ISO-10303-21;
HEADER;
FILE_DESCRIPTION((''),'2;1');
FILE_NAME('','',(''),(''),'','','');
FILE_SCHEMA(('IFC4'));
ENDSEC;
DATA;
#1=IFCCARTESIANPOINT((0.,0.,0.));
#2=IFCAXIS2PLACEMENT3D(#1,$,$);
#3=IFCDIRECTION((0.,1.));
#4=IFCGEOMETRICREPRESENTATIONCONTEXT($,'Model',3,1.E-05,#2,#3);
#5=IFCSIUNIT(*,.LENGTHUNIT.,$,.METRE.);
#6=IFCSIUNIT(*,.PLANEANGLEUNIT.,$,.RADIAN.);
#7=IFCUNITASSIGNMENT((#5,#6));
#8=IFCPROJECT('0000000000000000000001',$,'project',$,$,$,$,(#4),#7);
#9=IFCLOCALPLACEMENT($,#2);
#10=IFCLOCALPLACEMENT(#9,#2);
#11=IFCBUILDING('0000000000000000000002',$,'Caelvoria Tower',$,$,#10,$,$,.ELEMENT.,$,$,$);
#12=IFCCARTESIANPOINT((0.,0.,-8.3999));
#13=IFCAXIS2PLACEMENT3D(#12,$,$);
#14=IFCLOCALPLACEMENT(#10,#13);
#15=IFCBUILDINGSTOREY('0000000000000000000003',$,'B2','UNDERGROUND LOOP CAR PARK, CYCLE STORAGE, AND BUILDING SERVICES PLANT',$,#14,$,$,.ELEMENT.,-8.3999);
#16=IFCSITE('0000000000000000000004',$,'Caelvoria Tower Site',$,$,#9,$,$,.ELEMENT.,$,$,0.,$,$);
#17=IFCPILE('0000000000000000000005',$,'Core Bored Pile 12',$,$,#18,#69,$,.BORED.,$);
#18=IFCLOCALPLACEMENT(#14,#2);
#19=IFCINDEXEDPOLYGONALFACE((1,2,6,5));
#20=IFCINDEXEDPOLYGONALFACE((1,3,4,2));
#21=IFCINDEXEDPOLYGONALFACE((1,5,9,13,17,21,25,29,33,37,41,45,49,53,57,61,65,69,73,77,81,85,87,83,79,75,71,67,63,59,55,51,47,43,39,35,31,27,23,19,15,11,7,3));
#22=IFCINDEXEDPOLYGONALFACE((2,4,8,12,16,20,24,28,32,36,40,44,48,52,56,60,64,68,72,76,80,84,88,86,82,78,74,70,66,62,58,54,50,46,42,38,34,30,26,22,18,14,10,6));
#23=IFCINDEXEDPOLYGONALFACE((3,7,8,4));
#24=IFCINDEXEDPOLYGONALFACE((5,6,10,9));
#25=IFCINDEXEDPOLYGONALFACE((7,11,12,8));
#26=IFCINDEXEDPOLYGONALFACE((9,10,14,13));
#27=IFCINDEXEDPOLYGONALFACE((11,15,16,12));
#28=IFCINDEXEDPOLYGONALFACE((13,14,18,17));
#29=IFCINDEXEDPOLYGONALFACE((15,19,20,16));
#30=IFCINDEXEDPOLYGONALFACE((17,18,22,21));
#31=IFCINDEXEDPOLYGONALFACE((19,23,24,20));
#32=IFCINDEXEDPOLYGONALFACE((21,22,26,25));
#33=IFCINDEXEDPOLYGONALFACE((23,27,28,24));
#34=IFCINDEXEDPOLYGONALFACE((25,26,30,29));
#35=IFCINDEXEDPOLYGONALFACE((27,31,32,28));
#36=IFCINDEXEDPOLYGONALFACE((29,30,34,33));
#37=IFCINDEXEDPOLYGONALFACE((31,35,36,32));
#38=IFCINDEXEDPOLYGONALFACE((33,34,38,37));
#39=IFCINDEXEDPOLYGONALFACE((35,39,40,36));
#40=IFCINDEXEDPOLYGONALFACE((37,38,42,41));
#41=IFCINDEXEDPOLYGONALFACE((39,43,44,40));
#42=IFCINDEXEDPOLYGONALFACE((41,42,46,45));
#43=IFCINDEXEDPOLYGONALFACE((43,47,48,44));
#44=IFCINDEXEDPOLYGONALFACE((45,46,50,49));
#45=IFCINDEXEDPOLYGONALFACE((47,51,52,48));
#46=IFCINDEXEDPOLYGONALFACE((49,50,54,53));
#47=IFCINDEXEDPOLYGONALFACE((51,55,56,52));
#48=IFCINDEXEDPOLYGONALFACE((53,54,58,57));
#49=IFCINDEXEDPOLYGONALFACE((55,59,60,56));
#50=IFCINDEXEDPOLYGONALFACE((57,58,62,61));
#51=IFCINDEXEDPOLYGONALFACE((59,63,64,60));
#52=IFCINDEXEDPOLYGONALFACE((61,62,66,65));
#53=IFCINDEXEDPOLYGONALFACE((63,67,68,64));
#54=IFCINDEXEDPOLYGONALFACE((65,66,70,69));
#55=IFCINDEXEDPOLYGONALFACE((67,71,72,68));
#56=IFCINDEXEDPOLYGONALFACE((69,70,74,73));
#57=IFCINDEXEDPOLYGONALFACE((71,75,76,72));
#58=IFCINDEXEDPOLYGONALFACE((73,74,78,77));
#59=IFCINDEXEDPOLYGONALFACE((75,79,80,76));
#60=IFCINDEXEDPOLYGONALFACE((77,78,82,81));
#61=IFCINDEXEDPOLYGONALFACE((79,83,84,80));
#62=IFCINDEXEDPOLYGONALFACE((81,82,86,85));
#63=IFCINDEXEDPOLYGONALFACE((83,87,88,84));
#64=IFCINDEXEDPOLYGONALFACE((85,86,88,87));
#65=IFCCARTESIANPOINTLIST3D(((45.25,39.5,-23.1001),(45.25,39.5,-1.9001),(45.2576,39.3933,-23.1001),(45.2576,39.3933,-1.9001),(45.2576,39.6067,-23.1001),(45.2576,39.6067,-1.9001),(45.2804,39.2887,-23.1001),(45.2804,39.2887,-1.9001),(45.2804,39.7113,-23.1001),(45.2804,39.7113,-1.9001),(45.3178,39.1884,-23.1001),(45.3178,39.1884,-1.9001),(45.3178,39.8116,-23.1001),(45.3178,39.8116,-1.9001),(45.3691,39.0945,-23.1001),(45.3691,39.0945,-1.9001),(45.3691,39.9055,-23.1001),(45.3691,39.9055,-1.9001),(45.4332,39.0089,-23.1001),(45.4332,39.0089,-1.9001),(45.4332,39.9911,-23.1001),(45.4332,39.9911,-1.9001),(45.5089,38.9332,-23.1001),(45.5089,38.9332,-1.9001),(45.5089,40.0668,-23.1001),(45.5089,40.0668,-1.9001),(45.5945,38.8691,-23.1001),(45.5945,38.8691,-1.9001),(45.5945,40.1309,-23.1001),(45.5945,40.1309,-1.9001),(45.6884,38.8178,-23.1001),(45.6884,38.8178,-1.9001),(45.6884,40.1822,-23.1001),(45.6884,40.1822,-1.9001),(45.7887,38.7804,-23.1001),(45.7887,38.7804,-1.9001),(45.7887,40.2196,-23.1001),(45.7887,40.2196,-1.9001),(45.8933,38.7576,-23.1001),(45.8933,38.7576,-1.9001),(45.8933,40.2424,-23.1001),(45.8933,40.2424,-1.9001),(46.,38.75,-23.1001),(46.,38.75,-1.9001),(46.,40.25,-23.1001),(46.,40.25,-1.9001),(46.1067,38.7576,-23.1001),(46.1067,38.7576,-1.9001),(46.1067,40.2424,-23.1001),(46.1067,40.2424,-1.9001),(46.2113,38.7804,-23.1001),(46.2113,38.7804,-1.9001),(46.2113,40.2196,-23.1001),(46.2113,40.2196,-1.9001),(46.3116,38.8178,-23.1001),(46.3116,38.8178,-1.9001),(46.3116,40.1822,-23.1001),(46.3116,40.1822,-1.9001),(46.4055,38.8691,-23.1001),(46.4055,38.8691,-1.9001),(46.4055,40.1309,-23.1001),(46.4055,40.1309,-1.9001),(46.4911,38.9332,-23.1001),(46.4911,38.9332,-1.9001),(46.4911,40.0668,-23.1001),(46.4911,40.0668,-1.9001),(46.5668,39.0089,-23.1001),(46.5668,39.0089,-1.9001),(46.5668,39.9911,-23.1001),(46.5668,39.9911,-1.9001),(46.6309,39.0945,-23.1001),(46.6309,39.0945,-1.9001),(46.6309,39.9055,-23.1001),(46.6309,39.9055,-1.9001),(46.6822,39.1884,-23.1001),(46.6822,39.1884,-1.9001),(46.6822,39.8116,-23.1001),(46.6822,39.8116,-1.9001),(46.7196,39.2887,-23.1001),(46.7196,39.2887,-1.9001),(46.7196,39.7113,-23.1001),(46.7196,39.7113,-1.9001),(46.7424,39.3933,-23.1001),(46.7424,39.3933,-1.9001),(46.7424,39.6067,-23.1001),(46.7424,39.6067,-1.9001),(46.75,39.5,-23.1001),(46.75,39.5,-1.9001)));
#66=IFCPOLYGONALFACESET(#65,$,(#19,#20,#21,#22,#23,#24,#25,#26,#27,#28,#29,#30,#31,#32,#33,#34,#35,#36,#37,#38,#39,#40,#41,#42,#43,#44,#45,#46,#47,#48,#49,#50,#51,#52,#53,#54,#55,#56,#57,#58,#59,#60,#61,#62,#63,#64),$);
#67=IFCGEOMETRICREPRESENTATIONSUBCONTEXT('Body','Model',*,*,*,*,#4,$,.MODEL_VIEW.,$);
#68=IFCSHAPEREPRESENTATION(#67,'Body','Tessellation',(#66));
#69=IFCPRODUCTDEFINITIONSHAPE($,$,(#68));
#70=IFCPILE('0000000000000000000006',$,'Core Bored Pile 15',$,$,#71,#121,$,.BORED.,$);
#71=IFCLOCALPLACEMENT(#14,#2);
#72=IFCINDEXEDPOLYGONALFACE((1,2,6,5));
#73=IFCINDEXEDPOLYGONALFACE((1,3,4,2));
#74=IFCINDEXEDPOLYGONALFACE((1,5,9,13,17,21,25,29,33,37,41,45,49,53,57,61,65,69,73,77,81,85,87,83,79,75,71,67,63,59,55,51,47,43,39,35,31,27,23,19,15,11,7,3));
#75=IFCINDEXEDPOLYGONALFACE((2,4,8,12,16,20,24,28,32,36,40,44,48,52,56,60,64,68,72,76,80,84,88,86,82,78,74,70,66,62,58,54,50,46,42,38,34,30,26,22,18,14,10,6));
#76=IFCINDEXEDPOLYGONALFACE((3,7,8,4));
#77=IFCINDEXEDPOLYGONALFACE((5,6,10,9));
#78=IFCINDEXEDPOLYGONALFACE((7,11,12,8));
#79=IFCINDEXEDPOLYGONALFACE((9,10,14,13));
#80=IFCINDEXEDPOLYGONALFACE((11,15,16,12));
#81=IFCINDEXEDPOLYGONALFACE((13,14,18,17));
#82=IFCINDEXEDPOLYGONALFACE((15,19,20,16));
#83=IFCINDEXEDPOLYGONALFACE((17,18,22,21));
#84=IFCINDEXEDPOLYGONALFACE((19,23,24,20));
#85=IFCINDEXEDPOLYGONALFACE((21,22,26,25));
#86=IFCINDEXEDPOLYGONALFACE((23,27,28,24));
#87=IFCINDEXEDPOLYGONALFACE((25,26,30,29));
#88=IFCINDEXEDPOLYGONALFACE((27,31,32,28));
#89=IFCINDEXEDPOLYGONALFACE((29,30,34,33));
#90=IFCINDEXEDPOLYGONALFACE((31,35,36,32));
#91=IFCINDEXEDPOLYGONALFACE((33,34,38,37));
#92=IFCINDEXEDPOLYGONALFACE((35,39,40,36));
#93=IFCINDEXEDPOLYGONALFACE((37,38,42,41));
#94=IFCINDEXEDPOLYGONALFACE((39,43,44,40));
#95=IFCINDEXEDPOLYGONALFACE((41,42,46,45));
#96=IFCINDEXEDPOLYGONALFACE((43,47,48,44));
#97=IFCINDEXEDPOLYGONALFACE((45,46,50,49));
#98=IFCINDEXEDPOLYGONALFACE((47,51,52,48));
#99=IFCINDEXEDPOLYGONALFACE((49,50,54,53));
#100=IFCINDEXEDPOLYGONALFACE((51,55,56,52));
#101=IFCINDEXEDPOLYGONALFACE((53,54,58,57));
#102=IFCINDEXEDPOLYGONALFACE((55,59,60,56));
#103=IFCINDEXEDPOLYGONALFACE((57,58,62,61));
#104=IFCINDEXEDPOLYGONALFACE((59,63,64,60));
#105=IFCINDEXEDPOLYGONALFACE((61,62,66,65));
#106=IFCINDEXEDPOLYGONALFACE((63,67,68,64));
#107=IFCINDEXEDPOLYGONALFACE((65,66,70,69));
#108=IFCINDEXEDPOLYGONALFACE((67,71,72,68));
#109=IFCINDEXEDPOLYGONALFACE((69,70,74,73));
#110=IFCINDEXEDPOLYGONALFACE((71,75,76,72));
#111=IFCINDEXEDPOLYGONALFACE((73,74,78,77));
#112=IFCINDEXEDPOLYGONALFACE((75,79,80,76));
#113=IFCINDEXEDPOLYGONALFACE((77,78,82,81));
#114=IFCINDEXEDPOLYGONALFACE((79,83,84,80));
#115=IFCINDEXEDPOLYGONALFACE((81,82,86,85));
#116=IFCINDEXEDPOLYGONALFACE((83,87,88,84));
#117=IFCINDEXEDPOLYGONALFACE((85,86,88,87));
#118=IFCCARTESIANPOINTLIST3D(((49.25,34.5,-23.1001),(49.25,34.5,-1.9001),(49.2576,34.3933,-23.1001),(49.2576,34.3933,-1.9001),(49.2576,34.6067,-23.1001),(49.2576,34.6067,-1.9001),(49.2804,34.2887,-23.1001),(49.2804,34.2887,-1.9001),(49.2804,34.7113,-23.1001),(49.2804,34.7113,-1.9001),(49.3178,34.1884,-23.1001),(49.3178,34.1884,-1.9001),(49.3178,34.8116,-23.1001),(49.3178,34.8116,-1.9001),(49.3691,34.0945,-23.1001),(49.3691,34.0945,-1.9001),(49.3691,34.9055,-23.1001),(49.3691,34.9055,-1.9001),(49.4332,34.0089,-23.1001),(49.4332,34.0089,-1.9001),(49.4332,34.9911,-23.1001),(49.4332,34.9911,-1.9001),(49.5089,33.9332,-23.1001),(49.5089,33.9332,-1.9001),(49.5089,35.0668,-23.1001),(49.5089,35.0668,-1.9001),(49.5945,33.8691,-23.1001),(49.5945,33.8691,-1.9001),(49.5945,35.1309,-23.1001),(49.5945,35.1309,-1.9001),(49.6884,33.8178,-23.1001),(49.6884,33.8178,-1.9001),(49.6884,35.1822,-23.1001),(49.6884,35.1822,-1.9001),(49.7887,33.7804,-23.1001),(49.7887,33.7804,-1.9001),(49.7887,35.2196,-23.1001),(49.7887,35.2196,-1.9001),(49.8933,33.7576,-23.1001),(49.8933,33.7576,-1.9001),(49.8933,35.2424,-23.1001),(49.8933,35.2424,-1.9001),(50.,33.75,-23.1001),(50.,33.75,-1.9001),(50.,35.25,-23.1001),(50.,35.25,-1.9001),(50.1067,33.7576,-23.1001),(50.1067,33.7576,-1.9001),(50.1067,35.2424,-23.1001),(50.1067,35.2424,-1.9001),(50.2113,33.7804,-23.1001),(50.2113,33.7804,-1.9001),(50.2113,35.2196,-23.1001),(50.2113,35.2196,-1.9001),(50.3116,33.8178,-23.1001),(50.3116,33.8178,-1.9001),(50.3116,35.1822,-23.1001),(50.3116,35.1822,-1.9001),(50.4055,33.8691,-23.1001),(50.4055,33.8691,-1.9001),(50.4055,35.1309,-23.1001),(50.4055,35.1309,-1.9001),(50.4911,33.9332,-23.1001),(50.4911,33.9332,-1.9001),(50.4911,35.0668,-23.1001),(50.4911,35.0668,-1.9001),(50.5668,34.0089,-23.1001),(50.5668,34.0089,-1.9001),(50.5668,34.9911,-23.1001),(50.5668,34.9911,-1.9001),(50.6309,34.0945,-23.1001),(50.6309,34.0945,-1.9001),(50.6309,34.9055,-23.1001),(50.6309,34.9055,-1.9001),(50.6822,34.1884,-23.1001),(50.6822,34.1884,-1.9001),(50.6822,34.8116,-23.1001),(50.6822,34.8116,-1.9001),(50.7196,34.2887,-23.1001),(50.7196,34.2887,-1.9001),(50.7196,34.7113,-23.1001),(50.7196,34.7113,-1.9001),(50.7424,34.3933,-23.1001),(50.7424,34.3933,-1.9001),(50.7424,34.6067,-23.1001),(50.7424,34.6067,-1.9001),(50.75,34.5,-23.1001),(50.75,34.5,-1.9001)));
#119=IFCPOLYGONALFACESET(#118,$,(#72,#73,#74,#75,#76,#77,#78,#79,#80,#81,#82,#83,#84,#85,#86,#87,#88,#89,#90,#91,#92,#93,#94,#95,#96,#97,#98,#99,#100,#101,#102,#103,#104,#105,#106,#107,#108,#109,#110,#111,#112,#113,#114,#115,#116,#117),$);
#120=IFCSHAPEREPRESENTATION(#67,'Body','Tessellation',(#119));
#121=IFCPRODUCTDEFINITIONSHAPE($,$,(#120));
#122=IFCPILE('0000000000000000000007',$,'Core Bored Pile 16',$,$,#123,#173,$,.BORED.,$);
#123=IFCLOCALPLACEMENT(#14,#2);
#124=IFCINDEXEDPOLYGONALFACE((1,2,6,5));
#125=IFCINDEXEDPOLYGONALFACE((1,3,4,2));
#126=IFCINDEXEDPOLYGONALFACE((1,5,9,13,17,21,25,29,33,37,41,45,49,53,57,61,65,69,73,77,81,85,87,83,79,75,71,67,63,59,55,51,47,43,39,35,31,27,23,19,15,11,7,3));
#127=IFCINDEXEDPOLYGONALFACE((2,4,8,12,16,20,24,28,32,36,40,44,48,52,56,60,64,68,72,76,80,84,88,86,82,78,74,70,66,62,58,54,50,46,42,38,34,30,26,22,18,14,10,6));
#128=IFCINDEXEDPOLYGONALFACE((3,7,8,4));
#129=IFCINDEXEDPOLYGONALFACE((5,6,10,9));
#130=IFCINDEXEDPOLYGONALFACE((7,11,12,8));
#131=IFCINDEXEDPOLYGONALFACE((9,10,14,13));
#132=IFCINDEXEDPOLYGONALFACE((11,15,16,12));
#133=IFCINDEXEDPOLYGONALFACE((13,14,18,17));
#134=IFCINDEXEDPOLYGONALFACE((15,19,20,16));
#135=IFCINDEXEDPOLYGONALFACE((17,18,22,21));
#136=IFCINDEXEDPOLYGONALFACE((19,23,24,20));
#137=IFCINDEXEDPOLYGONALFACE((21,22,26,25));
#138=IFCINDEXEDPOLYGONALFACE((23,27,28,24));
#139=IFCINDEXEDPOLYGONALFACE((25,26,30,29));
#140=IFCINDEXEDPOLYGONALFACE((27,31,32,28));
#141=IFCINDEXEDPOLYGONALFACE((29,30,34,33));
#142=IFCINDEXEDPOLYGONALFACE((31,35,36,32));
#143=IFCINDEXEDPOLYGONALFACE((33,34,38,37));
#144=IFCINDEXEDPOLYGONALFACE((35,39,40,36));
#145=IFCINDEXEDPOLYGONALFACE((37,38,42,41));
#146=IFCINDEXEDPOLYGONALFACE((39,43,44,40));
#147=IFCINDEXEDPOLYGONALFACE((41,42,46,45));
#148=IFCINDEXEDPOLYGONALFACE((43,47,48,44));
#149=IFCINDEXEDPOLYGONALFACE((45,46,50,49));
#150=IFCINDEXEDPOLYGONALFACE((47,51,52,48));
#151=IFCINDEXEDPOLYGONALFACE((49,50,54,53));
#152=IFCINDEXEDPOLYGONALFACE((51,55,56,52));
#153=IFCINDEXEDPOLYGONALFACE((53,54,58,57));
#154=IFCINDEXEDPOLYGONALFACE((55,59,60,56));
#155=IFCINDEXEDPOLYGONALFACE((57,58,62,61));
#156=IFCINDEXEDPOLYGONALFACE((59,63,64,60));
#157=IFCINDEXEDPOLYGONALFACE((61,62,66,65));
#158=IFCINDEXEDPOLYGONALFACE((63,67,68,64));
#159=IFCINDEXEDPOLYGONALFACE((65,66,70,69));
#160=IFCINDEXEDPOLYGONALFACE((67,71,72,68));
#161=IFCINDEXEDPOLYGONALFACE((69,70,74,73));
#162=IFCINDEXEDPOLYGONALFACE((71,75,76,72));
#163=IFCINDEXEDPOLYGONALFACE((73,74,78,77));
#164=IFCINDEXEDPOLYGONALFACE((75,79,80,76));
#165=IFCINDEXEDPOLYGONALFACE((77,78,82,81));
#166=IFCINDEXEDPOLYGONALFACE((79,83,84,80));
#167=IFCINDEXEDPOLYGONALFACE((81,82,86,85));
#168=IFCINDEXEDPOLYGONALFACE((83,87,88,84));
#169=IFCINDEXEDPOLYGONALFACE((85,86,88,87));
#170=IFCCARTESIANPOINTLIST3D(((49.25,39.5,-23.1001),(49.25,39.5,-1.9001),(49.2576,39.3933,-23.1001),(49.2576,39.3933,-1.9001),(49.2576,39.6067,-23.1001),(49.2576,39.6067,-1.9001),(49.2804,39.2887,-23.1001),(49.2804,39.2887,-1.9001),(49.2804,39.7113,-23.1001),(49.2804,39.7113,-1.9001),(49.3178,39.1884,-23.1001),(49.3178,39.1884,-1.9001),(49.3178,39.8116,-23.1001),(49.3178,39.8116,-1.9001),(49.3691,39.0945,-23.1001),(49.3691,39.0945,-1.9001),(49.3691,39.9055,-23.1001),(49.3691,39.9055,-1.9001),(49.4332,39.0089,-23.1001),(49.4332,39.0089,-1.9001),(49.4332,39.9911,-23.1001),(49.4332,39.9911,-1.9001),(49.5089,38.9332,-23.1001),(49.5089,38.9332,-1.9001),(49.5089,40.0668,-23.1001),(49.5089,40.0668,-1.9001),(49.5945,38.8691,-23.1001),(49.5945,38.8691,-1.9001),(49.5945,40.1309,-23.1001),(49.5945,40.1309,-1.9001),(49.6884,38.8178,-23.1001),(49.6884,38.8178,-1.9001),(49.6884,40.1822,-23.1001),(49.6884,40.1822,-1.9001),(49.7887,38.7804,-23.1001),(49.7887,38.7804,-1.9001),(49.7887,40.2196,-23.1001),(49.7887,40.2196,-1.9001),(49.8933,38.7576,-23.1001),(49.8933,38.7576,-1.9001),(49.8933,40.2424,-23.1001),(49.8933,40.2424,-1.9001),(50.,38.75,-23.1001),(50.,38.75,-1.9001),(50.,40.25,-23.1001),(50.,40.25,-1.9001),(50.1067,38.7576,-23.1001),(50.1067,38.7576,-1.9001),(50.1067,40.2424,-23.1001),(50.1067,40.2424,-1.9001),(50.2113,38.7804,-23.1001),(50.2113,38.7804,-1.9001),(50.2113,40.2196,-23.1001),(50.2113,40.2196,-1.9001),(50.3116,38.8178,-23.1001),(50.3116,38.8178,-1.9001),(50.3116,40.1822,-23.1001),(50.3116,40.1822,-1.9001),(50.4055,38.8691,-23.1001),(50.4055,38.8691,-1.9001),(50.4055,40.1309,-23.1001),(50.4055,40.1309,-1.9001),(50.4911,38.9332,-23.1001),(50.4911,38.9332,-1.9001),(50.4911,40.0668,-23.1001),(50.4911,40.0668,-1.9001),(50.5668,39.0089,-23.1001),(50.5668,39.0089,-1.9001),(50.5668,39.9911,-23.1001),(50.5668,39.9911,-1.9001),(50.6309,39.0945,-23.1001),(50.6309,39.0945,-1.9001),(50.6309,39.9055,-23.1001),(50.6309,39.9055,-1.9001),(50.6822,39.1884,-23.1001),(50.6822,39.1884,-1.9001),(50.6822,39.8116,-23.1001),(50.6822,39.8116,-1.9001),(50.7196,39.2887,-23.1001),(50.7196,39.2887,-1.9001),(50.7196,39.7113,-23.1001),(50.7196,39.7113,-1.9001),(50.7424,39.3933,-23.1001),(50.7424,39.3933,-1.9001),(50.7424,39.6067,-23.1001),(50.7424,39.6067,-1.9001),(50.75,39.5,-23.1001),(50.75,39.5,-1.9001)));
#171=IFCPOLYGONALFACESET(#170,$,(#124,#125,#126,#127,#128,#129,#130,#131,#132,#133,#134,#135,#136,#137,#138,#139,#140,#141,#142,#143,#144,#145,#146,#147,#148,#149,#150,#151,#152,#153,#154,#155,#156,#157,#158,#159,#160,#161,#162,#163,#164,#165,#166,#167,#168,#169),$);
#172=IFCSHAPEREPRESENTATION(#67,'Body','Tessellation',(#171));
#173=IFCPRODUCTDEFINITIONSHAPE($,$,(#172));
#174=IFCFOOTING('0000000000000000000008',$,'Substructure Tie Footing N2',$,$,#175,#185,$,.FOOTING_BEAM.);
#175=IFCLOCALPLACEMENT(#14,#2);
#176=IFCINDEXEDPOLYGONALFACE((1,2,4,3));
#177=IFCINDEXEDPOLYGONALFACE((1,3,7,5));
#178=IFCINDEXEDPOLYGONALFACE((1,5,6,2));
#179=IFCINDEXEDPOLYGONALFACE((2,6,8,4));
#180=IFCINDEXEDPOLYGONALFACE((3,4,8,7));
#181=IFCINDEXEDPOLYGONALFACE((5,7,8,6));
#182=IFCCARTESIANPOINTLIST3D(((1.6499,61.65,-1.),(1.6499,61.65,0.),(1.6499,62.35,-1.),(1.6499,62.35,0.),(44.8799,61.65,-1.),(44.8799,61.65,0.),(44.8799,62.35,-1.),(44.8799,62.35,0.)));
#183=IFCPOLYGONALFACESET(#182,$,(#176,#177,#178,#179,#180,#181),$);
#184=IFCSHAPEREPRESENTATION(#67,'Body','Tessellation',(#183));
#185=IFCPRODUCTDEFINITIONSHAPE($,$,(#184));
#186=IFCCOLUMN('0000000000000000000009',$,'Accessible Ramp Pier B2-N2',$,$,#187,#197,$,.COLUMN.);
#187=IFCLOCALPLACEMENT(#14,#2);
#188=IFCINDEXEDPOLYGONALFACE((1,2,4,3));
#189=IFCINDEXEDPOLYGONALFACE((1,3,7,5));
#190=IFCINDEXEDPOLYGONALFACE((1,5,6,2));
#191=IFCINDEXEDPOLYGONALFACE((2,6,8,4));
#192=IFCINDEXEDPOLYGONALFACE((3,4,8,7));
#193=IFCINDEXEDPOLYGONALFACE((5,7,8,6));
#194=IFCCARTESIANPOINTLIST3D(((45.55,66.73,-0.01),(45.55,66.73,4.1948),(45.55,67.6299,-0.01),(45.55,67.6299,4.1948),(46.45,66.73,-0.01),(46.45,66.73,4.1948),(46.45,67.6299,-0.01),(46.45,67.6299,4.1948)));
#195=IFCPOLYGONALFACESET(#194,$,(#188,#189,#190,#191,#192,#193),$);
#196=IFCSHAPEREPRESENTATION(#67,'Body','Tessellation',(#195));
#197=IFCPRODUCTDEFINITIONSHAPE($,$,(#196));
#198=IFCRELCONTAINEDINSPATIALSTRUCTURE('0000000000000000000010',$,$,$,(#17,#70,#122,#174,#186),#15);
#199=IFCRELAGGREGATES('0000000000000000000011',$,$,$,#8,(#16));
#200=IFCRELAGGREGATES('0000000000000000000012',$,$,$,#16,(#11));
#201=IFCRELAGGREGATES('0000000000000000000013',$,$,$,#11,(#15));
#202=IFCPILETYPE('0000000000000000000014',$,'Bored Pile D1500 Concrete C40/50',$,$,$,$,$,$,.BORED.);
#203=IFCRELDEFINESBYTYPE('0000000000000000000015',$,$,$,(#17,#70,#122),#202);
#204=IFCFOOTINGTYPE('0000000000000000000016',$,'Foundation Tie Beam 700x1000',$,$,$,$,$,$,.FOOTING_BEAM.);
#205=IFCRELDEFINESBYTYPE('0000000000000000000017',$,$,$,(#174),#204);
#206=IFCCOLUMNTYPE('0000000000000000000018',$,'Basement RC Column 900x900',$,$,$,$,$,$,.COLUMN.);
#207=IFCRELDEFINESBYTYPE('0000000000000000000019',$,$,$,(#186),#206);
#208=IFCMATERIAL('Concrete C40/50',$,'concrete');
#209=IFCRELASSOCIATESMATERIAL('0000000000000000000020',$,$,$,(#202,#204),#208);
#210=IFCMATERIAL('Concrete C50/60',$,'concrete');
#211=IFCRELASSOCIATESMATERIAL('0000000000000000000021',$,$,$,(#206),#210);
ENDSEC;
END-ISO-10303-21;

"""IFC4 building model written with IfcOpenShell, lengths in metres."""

from ifc_helpers import new_model, si_unit, direction, frame, origin, origin_2d, place, context, subcontext, project, spatial, rectangle, circle, extrude, material, material_profile, profile_set, type_object, element, save


model = new_model("IFC4")

# Units and contexts
model_context = context("Model", 3, precision=1e-05, world=origin(), true_north=direction((0.0, 1.0)))
body_context = subcontext(model_context, "Body", "Model", "MODEL_VIEW")
ifc_project = project(units=[si_unit("LENGTHUNIT", "METRE"), si_unit("PLANEANGLEUNIT", "RADIAN")], contexts=[model_context])

# Site, building, storey
site_placement = place(None, origin())
site = spatial("IfcSite", under=ifc_project, at=site_placement, Name="Caelvoria Tower Site", CompositionType="ELEMENT", RefElevation=0.0)
building_placement = place(site_placement, origin())
building = spatial("IfcBuilding", under=site, at=building_placement, Name="Caelvoria Tower", CompositionType="ELEMENT")
storey_placement = place(building_placement, frame((0.0, 0.0, -8.3999)))
storey = spatial("IfcBuildingStorey", under=building, at=storey_placement, Name="B2", Description="UNDERGROUND LOOP CAR PARK, CYCLE STORAGE, AND BUILDING SERVICES PLANT", CompositionType="ELEMENT", Elevation=-8.3999)

# Piles
ifc_material_1 = material(Name="Concrete C40/50", Category="concrete")
ifc_material_profile_1 = material_profile(ifc_material_1, circle(Radius=0.75, at=origin_2d()), Name="Concrete C40/50")
ifc_profile_set_1 = profile_set([ifc_material_profile_1], Name="PILE_D1500 - Concrete C40/50")
pile_type_1 = type_object("IfcPileType", Name="Bored Pile D1500 Concrete C40/50", PredefinedType="BORED", material=ifc_profile_set_1)
for number, where, z_axis, x_axis, name in (
    (1, (46.0, 39.5, -1.9001), (0.0, 0.0, -1.0), (1.0, 0.0, 0.0), "Core Bored Pile 12"),
    (2, (50.0, 34.5, -1.9001), (0.0, 0.0, -1.0), (1.0, 0.0, 0.0), "Core Bored Pile 15"),
    (3, (50.0, 39.5, -1.9001), (0.0, 0.0, -1.0), (1.0, 0.0, 0.0), "Core Bored Pile 16"),
):
    element("IfcPile", number, at=place(storey_placement, frame(where, z_axis=z_axis, x_axis=x_axis)), inside=storey, type_object=pile_type_1, Name=name, PredefinedType="BORED", context=body_context, shape_type="SweptSolid", body=[
        extrude(circle(Radius=0.75, at=origin_2d()), origin(), (0.0, 0.0, 1.0), 21.2),
    ])

# Footing
ifc_material_profile_2 = material_profile(ifc_material_1, rectangle(XDim=0.7, YDim=1.0, at=origin_2d()), Name="Concrete C40/50")
ifc_profile_set_2 = profile_set([ifc_material_profile_2], Name="RC_GB_700X1000 - Concrete C40/50")
footing_type = type_object("IfcFootingType", Name="Foundation Tie Beam 700x1000", PredefinedType="FOOTING_BEAM", material=ifc_profile_set_2)
footing_placement = place(storey_placement, frame((44.8799, 62.0, -0.5), z_axis=(-1.0, 0.0, 0.0), x_axis=(0.0, -1.0, 0.0)))
element("IfcFooting", 4, at=footing_placement, inside=storey, type_object=footing_type, Name="Substructure Tie Footing N2", PredefinedType="FOOTING_BEAM", context=body_context, shape_type="SweptSolid", body=[
    extrude(rectangle(XDim=0.7, YDim=1.0, at=origin_2d()), origin(), (0.0, 0.0, 1.0), 43.23),
])

# Column
ifc_material_2 = material(Name="Concrete C50/60", Category="concrete")
ifc_material_profile_3 = material_profile(ifc_material_2, rectangle(XDim=0.8999, YDim=0.8999, at=origin_2d()), Name="Concrete C50/60")
ifc_profile_set_3 = profile_set([ifc_material_profile_3], Name="RC_COL_900X900 - Concrete C50/60")
column_type_1 = type_object("IfcColumnType", Name="Basement RC Column 900x900", PredefinedType="COLUMN", material=ifc_profile_set_3)
for number, where, z_axis, x_axis, name in (
    (5, (46.0, 67.1799, -0.01), (0.0, 0.0, 1.0), (1.0, 0.0, 0.0), "Accessible Ramp Pier B2-N2"),
):
    element("IfcColumn", number, at=place(storey_placement, frame(where, z_axis=z_axis, x_axis=x_axis)), inside=storey, type_object=column_type_1, Name=name, PredefinedType="COLUMN", context=body_context, shape_type="SweptSolid", body=[
        extrude(rectangle(XDim=0.8999, YDim=0.8999, at=origin_2d()), origin(), (0.0, 0.0, 1.0), 4.2048),
    ])

save(model, "model.ifc")
